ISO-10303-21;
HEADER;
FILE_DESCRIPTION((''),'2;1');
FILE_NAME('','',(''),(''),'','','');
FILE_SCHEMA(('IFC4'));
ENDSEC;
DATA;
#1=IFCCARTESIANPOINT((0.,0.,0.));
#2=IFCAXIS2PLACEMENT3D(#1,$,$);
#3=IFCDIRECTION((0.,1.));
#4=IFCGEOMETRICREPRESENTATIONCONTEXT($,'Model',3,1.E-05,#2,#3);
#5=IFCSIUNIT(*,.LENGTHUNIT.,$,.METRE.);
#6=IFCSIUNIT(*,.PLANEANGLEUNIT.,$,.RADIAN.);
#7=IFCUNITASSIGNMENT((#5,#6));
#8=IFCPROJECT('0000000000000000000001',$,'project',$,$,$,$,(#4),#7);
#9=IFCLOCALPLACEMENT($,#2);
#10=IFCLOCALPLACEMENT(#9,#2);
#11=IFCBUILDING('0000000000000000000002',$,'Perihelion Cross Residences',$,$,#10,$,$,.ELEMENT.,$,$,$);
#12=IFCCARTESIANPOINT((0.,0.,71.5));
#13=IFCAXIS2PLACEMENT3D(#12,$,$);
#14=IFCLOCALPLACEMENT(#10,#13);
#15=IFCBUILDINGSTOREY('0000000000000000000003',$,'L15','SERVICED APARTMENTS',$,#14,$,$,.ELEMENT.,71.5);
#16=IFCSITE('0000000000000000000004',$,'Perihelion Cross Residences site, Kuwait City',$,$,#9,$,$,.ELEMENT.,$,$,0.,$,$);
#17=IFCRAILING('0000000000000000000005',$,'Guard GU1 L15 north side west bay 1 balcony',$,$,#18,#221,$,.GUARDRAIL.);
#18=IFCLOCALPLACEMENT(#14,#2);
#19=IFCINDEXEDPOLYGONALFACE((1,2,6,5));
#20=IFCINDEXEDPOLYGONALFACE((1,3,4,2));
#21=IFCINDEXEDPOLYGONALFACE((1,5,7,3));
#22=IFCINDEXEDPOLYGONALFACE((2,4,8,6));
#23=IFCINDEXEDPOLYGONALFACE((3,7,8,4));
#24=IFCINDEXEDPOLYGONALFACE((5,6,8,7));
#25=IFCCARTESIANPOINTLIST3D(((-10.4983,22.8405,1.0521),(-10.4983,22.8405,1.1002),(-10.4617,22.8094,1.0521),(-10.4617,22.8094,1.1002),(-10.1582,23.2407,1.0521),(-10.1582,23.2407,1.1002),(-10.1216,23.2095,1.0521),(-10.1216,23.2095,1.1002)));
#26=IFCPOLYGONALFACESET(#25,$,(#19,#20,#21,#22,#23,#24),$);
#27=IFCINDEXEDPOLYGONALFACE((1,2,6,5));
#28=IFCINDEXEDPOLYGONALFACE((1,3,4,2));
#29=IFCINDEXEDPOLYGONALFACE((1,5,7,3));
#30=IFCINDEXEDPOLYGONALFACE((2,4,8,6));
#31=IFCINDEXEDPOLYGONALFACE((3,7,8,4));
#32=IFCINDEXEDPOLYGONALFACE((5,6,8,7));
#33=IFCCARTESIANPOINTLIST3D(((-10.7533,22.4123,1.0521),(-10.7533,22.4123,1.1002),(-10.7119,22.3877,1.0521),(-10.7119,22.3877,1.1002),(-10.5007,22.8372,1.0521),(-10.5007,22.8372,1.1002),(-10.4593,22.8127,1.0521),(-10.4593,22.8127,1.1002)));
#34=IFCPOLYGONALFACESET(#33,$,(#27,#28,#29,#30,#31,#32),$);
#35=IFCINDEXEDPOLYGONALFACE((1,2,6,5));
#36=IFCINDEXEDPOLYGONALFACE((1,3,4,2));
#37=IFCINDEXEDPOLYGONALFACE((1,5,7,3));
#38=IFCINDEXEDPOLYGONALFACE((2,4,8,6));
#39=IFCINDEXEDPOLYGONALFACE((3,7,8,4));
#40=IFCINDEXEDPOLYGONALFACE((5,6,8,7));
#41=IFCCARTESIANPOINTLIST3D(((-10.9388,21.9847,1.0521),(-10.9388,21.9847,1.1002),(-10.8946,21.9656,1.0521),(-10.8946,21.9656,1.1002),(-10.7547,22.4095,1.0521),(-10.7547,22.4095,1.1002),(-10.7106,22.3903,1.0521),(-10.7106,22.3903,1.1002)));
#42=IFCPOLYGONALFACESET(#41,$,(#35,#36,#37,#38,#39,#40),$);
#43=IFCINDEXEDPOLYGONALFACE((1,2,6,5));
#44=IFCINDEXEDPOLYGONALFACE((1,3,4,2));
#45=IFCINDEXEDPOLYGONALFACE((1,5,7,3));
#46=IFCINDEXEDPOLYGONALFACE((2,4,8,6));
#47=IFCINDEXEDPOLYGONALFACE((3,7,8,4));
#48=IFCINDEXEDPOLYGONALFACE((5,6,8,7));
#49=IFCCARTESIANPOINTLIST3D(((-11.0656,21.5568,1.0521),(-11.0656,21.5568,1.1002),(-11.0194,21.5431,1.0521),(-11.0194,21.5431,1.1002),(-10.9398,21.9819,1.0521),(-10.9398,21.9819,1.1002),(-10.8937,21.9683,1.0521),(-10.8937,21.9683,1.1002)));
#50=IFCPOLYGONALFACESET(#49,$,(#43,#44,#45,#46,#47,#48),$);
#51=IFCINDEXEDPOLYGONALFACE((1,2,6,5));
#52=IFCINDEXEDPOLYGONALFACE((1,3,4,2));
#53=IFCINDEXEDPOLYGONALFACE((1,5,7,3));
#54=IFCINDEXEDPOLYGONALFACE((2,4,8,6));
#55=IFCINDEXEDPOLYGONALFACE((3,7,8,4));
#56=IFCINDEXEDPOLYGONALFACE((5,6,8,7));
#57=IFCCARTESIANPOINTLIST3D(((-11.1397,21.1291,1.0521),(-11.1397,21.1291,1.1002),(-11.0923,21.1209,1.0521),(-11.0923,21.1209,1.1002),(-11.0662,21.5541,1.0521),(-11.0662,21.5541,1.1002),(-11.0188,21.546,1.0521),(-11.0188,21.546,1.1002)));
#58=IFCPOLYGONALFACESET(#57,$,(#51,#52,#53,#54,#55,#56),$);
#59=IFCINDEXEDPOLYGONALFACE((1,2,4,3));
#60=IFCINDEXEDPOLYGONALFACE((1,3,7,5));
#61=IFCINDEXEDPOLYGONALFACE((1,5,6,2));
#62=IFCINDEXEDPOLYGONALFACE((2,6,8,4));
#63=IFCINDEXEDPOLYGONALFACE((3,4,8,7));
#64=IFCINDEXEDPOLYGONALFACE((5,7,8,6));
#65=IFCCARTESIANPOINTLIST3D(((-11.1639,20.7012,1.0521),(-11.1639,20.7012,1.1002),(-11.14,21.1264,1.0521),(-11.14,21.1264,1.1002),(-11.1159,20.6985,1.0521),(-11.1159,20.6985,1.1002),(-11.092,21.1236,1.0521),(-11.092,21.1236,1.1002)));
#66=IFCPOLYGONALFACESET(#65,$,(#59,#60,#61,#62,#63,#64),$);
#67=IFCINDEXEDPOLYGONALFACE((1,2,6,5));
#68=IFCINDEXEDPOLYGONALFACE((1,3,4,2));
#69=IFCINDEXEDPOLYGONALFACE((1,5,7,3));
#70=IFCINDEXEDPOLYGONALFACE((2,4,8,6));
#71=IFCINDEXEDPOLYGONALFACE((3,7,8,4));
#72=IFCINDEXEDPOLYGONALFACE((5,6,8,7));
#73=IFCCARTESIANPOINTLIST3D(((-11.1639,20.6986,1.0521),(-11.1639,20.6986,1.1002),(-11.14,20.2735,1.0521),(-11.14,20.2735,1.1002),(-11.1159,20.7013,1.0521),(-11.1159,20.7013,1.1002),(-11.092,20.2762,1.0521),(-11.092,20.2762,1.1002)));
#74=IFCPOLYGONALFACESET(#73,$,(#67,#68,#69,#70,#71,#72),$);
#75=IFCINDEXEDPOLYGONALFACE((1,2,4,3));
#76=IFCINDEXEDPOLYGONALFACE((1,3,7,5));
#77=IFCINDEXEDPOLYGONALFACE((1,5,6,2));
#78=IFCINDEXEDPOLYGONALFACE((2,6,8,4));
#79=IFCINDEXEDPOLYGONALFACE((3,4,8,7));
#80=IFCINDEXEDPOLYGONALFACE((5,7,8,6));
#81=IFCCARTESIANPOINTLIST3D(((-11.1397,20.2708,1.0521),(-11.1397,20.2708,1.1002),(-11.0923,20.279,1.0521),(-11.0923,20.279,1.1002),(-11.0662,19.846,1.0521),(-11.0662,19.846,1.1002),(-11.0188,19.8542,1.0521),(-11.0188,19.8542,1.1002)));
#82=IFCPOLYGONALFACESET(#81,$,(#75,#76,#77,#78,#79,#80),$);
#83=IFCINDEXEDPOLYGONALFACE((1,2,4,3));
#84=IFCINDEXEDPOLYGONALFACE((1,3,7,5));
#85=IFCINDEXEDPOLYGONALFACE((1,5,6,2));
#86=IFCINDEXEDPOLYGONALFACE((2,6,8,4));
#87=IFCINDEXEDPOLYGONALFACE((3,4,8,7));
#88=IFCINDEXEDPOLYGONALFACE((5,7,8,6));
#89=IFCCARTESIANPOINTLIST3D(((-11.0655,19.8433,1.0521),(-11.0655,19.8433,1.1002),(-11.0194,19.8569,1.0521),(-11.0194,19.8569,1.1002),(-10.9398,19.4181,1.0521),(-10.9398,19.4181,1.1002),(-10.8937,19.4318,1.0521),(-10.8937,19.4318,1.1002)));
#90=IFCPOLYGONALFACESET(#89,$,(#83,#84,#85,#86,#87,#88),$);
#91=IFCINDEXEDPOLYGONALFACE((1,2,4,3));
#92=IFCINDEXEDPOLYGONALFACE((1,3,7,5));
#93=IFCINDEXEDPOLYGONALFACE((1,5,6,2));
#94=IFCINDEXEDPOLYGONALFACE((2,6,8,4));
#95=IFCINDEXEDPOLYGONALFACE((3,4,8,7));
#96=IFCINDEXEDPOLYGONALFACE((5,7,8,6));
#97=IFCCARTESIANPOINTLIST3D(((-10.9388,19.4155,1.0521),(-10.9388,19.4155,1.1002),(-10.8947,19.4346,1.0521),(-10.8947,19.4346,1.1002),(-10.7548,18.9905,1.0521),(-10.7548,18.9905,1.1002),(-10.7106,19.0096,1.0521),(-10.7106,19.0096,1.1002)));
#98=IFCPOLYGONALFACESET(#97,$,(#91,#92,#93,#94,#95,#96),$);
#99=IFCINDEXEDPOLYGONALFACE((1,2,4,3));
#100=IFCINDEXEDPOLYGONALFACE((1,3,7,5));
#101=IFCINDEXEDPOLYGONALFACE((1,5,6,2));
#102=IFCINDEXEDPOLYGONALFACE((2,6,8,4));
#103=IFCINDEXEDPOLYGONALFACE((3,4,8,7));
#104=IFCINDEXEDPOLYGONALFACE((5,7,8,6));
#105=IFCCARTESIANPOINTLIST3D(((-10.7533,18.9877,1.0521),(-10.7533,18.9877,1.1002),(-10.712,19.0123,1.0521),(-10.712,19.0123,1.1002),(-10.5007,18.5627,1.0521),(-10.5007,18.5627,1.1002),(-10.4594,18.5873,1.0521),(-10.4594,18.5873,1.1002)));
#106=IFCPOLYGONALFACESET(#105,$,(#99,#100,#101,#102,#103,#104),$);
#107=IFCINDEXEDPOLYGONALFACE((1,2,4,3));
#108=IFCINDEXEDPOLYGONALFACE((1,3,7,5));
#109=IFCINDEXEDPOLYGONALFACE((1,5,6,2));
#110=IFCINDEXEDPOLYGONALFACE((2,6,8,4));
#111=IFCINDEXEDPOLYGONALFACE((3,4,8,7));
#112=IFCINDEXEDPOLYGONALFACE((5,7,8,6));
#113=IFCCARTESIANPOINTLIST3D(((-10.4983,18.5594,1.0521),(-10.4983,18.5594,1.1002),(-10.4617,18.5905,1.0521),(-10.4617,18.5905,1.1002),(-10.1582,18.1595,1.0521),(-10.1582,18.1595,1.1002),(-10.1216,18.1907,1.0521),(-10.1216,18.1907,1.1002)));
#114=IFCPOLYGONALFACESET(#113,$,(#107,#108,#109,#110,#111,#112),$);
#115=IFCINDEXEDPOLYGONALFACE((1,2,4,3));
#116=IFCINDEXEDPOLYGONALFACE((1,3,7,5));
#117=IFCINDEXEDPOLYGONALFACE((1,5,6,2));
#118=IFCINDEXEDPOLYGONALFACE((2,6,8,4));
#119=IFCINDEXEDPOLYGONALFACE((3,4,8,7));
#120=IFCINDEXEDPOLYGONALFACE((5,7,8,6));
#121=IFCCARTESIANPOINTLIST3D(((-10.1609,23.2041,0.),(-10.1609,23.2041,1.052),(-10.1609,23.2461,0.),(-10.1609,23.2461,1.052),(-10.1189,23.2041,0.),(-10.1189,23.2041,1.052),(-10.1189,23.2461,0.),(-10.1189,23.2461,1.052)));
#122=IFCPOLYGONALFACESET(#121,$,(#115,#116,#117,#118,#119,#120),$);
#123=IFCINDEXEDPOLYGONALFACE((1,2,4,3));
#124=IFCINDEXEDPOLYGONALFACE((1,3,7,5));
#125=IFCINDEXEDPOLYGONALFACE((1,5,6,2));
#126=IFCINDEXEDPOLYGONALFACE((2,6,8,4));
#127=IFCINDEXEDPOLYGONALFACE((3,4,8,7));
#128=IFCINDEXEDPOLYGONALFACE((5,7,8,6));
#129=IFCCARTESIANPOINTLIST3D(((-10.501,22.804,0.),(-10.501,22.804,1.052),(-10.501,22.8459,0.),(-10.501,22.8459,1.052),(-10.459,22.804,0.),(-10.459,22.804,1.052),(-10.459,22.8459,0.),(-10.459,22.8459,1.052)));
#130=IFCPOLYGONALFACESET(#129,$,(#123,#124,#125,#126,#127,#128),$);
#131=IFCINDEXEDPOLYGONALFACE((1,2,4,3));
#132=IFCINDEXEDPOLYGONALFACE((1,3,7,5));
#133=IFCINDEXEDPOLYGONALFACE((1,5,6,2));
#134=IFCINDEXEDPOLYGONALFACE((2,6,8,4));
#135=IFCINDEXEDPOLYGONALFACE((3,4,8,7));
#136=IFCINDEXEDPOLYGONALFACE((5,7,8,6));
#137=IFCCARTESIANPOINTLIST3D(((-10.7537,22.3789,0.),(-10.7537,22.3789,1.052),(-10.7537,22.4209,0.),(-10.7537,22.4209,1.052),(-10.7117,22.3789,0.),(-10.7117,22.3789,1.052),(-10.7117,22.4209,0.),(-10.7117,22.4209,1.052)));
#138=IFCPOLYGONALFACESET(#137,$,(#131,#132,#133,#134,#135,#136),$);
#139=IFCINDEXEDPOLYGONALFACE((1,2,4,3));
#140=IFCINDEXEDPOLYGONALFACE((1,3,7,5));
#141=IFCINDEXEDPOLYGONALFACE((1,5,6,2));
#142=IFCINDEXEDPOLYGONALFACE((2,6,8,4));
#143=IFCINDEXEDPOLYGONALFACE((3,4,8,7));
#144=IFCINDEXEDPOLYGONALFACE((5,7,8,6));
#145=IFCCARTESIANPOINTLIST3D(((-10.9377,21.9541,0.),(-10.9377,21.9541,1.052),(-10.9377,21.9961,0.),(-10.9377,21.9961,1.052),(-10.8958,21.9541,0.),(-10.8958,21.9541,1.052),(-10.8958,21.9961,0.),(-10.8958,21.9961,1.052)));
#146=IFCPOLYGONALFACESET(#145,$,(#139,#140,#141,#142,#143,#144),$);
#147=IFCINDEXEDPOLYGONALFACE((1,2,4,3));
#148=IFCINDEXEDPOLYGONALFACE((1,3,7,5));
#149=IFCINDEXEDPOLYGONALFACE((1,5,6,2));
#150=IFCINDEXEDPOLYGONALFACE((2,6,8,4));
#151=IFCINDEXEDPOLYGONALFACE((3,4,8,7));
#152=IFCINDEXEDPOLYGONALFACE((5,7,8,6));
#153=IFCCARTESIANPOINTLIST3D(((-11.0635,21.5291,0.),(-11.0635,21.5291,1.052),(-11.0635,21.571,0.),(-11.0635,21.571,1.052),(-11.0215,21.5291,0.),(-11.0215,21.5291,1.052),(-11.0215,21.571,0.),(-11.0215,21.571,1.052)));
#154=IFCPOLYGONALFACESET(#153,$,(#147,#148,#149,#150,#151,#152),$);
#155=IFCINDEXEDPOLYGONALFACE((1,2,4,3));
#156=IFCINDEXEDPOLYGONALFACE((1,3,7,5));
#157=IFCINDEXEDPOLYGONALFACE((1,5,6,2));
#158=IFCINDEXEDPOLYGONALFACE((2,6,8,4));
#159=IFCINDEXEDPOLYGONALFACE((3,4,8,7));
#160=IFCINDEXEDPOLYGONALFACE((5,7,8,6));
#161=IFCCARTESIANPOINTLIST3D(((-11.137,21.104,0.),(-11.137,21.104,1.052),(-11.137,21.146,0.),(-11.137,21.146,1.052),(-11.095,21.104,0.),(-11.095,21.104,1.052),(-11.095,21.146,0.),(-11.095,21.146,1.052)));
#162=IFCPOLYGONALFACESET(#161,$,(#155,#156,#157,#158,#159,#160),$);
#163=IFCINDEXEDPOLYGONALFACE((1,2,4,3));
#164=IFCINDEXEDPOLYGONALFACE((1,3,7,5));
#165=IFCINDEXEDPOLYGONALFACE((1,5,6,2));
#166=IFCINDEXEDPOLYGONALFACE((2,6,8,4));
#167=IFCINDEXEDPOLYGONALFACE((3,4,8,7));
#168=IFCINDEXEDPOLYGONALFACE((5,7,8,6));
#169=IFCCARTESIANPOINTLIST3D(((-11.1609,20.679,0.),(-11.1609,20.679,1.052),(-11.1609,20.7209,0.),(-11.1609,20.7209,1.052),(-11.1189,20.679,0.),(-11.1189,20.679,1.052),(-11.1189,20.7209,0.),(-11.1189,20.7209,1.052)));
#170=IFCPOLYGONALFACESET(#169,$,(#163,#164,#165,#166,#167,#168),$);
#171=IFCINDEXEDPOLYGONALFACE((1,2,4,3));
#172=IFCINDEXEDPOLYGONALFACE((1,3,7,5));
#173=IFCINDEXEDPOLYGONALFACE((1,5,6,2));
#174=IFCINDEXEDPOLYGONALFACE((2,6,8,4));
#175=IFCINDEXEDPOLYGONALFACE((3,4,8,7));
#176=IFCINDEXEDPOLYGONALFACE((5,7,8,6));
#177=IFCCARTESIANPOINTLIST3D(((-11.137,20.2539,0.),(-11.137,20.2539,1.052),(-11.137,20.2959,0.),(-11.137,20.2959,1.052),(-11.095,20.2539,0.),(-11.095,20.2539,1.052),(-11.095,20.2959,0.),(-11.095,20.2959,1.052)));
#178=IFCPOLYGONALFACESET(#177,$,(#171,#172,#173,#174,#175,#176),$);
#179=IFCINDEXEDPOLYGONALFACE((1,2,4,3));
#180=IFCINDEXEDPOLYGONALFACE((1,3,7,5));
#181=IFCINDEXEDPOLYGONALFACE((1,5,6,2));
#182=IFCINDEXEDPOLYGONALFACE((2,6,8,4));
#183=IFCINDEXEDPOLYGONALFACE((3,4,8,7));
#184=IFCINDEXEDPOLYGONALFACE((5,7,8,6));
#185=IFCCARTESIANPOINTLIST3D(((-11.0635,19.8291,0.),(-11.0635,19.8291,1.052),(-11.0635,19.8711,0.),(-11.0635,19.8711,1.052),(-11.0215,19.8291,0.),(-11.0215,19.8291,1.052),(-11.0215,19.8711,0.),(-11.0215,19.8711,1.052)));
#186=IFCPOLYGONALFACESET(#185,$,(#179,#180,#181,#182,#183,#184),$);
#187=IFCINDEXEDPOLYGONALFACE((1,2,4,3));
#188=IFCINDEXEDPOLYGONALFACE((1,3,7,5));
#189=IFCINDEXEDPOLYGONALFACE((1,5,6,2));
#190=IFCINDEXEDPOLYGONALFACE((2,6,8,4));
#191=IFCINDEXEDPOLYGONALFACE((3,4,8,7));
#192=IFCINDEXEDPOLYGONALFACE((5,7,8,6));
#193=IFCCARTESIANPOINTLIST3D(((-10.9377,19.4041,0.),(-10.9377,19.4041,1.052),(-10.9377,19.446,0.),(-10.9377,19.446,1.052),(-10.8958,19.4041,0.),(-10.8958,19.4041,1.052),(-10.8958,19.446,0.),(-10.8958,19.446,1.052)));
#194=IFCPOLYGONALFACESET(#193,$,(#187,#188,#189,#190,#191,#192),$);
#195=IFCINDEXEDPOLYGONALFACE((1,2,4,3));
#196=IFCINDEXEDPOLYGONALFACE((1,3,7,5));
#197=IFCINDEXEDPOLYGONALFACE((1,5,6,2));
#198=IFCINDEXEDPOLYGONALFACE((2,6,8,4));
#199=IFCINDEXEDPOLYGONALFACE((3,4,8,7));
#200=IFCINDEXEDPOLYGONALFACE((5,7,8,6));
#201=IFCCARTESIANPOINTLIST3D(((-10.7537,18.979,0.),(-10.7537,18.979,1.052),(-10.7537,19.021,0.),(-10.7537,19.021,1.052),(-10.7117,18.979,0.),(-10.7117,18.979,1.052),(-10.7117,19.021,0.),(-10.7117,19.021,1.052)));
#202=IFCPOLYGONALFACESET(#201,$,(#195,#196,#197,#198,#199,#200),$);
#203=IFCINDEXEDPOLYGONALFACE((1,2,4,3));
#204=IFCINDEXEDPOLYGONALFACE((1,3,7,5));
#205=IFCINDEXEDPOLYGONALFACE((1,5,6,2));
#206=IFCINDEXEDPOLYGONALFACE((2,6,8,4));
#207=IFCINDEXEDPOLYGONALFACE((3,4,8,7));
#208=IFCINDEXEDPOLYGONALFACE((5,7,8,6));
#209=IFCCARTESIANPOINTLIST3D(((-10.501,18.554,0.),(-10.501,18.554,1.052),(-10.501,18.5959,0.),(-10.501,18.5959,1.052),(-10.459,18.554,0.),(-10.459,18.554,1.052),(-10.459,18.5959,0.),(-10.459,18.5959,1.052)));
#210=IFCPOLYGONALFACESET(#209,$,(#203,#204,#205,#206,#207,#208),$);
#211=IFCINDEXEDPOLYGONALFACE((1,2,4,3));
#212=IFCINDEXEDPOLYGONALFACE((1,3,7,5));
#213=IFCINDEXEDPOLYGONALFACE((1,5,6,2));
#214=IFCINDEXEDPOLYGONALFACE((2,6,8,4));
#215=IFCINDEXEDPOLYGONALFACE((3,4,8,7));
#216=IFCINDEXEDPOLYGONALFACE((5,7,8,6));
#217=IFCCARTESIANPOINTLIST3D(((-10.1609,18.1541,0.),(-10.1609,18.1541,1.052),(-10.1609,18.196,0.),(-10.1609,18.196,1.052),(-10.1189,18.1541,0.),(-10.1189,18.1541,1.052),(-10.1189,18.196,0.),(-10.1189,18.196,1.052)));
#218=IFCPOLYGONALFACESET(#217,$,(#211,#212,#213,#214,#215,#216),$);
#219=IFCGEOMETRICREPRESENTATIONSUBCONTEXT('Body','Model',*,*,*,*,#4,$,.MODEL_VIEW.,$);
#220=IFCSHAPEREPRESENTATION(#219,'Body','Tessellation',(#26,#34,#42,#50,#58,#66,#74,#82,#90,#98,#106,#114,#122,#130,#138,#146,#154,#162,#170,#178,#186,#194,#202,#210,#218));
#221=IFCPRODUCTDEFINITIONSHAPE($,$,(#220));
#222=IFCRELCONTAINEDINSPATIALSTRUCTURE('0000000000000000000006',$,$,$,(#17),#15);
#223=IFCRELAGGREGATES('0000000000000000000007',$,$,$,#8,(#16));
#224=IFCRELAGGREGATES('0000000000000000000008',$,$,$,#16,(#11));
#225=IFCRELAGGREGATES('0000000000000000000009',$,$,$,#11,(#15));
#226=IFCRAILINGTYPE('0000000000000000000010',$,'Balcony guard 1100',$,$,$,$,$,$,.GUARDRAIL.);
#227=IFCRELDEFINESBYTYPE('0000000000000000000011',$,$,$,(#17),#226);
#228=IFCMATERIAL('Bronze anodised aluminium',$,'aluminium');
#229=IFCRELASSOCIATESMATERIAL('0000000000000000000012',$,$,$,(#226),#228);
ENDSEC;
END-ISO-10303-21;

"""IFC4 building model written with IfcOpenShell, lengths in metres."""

from ifc_helpers import new_model, si_unit, direction, frame, origin, origin_2d, place, context, subcontext, project, spatial, rectangle, extrude, material, type_object, element, save


model = new_model("IFC4")

# Units and contexts
model_context = context("Model", 3, precision=1e-05, world=origin(), true_north=direction((0.0, 1.0)))
body_context = subcontext(model_context, "Body", "Model", "MODEL_VIEW")
ifc_project = project(units=[si_unit("LENGTHUNIT", "METRE"), si_unit("PLANEANGLEUNIT", "RADIAN")], contexts=[model_context])

# Site, building, storey
site_placement = place(None, origin())
site = spatial("IfcSite", under=ifc_project, at=site_placement, Name="Perihelion Cross Residences site, Kuwait City", CompositionType="ELEMENT", RefElevation=0.0)
building_placement = place(site_placement, origin())
building = spatial("IfcBuilding", under=site, at=building_placement, Name="Perihelion Cross Residences", CompositionType="ELEMENT")
storey_placement = place(building_placement, frame((0.0, 0.0, 71.5)))
storey = spatial("IfcBuildingStorey", under=building, at=storey_placement, Name="L15", Description="SERVICED APARTMENTS", CompositionType="ELEMENT", Elevation=71.5)

# Railing
ifc_material_1 = material(Name="Bronze anodised aluminium", Category="aluminium")
railing_type = type_object("IfcRailingType", Name="Balcony guard 1100", PredefinedType="GUARDRAIL", material=ifc_material_1)
railing_1_placement = place(storey_placement, frame((-10.1399, 23.2251, 0.0)))
element("IfcRailing", 1, at=railing_1_placement, inside=storey, type_object=railing_type, Name="Guard GU1 L15 north side west bay 1 balcony", PredefinedType="GUARDRAIL", context=body_context, shape_type="SweptSolid", body=[
    extrude(rectangle(XDim=0.0481, YDim=0.0481, at=origin_2d()), frame((0.0, 0.0, 1.0762), z_axis=(-0.647608, -0.761974, 0.0), x_axis=(0.761974, -0.647608, 0.0)), (0.0, 0.0, 1.0), 0.5251),
    extrude(rectangle(XDim=0.0481, YDim=0.0481, at=origin_2d()), frame((-0.3401, -0.4001, 1.0762), z_axis=(-0.511006, -0.859577, 0.0), x_axis=(0.859577, -0.511006, 0.0)), (0.0, 0.0, 1.0), 0.4944),
    extrude(rectangle(XDim=0.0481, YDim=0.0481, at=origin_2d()), frame((-0.5928, -0.8252, 1.0762), z_axis=(-0.397607, -0.917556, 0.0), x_axis=(0.917556, -0.397607, 0.0)), (0.0, 0.0, 1.0), 0.4629),
    extrude(rectangle(XDim=0.0481, YDim=0.0481, at=origin_2d()), frame((-0.7769, -1.25, 1.0762), z_axis=(-0.283657, -0.958926, 0.0), x_axis=(0.958926, -0.283657, 0.0)), (0.0, 0.0, 1.0), 0.4434),
    extrude(rectangle(XDim=0.0481, YDim=0.0481, at=origin_2d()), frame((-0.9026, -1.675, 1.0762), z_axis=(-0.170362, -0.985382, 0.0), x_axis=(0.985382, -0.170362, 0.0)), (0.0, 0.0, 1.0), 0.4314),
    extrude(rectangle(XDim=0.0481, YDim=0.0481, at=origin_2d()), frame((-0.9761, -2.1001, 1.0762), z_axis=(-0.056201, -0.99842, 0.0), x_axis=(0.99842, -0.056201, 0.0)), (0.0, 0.0, 1.0), 0.4258),
    extrude(rectangle(XDim=0.0481, YDim=0.0481, at=origin_2d()), frame((-1.0, -2.5251, 1.0762), z_axis=(0.056201, -0.99842, 0.0), x_axis=(0.99842, 0.056201, 0.0)), (0.0, 0.0, 1.0), 0.4258),
    extrude(rectangle(XDim=0.0481, YDim=0.0481, at=origin_2d()), frame((-0.9761, -2.9502, 1.0762), z_axis=(0.170457, -0.985365, 0.0), x_axis=(0.985365, 0.170457, 0.0)), (0.0, 0.0, 1.0), 0.4312),
    extrude(rectangle(XDim=0.0481, YDim=0.0481, at=origin_2d()), frame((-0.9026, -3.375, 1.0762), z_axis=(0.283657, -0.958926, 0.0), x_axis=(0.958926, 0.283657, 0.0)), (0.0, 0.0, 1.0), 0.4434),
    extrude(rectangle(XDim=0.0481, YDim=0.0481, at=origin_2d()), frame((-0.7769, -3.8, 1.0762), z_axis=(0.397415, -0.917639, 0.0), x_axis=(0.917639, 0.397415, 0.0)), (0.0, 0.0, 1.0), 0.4631),
    extrude(rectangle(XDim=0.0481, YDim=0.0481, at=origin_2d()), frame((-0.5928, -4.2251, 1.0762), z_axis=(0.511006, -0.859577, 0.0), x_axis=(0.859577, 0.511006, 0.0)), (0.0, 0.0, 1.0), 0.4944),
    extrude(rectangle(XDim=0.0481, YDim=0.0481, at=origin_2d()), frame((-0.3401, -4.6501, 1.0762), z_axis=(0.647837, -0.761779, 0.0), x_axis=(0.761779, 0.647837, 0.0)), (0.0, 0.0, 1.0), 0.5249),
    extrude(rectangle(XDim=0.042, YDim=0.042, at=origin_2d()), origin(), (0.0, 0.0, 1.0), 1.052),
    extrude(rectangle(XDim=0.042, YDim=0.042, at=origin_2d()), frame((-0.3401, -0.4001, 0.0)), (0.0, 0.0, 1.0), 1.052),
    extrude(rectangle(XDim=0.042, YDim=0.042, at=origin_2d()), frame((-0.5928, -0.8252, 0.0)), (0.0, 0.0, 1.0), 1.052),
    extrude(rectangle(XDim=0.042, YDim=0.042, at=origin_2d()), frame((-0.7769, -1.25, 0.0)), (0.0, 0.0, 1.0), 1.052),
    extrude(rectangle(XDim=0.042, YDim=0.042, at=origin_2d()), frame((-0.9026, -1.675, 0.0)), (0.0, 0.0, 1.0), 1.052),
    extrude(rectangle(XDim=0.042, YDim=0.042, at=origin_2d()), frame((-0.9761, -2.1001, 0.0)), (0.0, 0.0, 1.0), 1.052),
    extrude(rectangle(XDim=0.042, YDim=0.042, at=origin_2d()), frame((-1.0, -2.5251, 0.0)), (0.0, 0.0, 1.0), 1.052),
    extrude(rectangle(XDim=0.042, YDim=0.042, at=origin_2d()), frame((-0.9761, -2.9502, 0.0)), (0.0, 0.0, 1.0), 1.052),
    extrude(rectangle(XDim=0.042, YDim=0.042, at=origin_2d()), frame((-0.9026, -3.375, 0.0)), (0.0, 0.0, 1.0), 1.052),
    extrude(rectangle(XDim=0.042, YDim=0.042, at=origin_2d()), frame((-0.7769, -3.8, 0.0)), (0.0, 0.0, 1.0), 1.052),
    extrude(rectangle(XDim=0.042, YDim=0.042, at=origin_2d()), frame((-0.5928, -4.2251, 0.0)), (0.0, 0.0, 1.0), 1.052),
    extrude(rectangle(XDim=0.042, YDim=0.042, at=origin_2d()), frame((-0.3401, -4.6501, 0.0)), (0.0, 0.0, 1.0), 1.052),
    extrude(rectangle(XDim=0.042, YDim=0.042, at=origin_2d()), frame((0.0, -5.05, 0.0)), (0.0, 0.0, 1.0), 1.052),
])

save(model, "model.ifc")
